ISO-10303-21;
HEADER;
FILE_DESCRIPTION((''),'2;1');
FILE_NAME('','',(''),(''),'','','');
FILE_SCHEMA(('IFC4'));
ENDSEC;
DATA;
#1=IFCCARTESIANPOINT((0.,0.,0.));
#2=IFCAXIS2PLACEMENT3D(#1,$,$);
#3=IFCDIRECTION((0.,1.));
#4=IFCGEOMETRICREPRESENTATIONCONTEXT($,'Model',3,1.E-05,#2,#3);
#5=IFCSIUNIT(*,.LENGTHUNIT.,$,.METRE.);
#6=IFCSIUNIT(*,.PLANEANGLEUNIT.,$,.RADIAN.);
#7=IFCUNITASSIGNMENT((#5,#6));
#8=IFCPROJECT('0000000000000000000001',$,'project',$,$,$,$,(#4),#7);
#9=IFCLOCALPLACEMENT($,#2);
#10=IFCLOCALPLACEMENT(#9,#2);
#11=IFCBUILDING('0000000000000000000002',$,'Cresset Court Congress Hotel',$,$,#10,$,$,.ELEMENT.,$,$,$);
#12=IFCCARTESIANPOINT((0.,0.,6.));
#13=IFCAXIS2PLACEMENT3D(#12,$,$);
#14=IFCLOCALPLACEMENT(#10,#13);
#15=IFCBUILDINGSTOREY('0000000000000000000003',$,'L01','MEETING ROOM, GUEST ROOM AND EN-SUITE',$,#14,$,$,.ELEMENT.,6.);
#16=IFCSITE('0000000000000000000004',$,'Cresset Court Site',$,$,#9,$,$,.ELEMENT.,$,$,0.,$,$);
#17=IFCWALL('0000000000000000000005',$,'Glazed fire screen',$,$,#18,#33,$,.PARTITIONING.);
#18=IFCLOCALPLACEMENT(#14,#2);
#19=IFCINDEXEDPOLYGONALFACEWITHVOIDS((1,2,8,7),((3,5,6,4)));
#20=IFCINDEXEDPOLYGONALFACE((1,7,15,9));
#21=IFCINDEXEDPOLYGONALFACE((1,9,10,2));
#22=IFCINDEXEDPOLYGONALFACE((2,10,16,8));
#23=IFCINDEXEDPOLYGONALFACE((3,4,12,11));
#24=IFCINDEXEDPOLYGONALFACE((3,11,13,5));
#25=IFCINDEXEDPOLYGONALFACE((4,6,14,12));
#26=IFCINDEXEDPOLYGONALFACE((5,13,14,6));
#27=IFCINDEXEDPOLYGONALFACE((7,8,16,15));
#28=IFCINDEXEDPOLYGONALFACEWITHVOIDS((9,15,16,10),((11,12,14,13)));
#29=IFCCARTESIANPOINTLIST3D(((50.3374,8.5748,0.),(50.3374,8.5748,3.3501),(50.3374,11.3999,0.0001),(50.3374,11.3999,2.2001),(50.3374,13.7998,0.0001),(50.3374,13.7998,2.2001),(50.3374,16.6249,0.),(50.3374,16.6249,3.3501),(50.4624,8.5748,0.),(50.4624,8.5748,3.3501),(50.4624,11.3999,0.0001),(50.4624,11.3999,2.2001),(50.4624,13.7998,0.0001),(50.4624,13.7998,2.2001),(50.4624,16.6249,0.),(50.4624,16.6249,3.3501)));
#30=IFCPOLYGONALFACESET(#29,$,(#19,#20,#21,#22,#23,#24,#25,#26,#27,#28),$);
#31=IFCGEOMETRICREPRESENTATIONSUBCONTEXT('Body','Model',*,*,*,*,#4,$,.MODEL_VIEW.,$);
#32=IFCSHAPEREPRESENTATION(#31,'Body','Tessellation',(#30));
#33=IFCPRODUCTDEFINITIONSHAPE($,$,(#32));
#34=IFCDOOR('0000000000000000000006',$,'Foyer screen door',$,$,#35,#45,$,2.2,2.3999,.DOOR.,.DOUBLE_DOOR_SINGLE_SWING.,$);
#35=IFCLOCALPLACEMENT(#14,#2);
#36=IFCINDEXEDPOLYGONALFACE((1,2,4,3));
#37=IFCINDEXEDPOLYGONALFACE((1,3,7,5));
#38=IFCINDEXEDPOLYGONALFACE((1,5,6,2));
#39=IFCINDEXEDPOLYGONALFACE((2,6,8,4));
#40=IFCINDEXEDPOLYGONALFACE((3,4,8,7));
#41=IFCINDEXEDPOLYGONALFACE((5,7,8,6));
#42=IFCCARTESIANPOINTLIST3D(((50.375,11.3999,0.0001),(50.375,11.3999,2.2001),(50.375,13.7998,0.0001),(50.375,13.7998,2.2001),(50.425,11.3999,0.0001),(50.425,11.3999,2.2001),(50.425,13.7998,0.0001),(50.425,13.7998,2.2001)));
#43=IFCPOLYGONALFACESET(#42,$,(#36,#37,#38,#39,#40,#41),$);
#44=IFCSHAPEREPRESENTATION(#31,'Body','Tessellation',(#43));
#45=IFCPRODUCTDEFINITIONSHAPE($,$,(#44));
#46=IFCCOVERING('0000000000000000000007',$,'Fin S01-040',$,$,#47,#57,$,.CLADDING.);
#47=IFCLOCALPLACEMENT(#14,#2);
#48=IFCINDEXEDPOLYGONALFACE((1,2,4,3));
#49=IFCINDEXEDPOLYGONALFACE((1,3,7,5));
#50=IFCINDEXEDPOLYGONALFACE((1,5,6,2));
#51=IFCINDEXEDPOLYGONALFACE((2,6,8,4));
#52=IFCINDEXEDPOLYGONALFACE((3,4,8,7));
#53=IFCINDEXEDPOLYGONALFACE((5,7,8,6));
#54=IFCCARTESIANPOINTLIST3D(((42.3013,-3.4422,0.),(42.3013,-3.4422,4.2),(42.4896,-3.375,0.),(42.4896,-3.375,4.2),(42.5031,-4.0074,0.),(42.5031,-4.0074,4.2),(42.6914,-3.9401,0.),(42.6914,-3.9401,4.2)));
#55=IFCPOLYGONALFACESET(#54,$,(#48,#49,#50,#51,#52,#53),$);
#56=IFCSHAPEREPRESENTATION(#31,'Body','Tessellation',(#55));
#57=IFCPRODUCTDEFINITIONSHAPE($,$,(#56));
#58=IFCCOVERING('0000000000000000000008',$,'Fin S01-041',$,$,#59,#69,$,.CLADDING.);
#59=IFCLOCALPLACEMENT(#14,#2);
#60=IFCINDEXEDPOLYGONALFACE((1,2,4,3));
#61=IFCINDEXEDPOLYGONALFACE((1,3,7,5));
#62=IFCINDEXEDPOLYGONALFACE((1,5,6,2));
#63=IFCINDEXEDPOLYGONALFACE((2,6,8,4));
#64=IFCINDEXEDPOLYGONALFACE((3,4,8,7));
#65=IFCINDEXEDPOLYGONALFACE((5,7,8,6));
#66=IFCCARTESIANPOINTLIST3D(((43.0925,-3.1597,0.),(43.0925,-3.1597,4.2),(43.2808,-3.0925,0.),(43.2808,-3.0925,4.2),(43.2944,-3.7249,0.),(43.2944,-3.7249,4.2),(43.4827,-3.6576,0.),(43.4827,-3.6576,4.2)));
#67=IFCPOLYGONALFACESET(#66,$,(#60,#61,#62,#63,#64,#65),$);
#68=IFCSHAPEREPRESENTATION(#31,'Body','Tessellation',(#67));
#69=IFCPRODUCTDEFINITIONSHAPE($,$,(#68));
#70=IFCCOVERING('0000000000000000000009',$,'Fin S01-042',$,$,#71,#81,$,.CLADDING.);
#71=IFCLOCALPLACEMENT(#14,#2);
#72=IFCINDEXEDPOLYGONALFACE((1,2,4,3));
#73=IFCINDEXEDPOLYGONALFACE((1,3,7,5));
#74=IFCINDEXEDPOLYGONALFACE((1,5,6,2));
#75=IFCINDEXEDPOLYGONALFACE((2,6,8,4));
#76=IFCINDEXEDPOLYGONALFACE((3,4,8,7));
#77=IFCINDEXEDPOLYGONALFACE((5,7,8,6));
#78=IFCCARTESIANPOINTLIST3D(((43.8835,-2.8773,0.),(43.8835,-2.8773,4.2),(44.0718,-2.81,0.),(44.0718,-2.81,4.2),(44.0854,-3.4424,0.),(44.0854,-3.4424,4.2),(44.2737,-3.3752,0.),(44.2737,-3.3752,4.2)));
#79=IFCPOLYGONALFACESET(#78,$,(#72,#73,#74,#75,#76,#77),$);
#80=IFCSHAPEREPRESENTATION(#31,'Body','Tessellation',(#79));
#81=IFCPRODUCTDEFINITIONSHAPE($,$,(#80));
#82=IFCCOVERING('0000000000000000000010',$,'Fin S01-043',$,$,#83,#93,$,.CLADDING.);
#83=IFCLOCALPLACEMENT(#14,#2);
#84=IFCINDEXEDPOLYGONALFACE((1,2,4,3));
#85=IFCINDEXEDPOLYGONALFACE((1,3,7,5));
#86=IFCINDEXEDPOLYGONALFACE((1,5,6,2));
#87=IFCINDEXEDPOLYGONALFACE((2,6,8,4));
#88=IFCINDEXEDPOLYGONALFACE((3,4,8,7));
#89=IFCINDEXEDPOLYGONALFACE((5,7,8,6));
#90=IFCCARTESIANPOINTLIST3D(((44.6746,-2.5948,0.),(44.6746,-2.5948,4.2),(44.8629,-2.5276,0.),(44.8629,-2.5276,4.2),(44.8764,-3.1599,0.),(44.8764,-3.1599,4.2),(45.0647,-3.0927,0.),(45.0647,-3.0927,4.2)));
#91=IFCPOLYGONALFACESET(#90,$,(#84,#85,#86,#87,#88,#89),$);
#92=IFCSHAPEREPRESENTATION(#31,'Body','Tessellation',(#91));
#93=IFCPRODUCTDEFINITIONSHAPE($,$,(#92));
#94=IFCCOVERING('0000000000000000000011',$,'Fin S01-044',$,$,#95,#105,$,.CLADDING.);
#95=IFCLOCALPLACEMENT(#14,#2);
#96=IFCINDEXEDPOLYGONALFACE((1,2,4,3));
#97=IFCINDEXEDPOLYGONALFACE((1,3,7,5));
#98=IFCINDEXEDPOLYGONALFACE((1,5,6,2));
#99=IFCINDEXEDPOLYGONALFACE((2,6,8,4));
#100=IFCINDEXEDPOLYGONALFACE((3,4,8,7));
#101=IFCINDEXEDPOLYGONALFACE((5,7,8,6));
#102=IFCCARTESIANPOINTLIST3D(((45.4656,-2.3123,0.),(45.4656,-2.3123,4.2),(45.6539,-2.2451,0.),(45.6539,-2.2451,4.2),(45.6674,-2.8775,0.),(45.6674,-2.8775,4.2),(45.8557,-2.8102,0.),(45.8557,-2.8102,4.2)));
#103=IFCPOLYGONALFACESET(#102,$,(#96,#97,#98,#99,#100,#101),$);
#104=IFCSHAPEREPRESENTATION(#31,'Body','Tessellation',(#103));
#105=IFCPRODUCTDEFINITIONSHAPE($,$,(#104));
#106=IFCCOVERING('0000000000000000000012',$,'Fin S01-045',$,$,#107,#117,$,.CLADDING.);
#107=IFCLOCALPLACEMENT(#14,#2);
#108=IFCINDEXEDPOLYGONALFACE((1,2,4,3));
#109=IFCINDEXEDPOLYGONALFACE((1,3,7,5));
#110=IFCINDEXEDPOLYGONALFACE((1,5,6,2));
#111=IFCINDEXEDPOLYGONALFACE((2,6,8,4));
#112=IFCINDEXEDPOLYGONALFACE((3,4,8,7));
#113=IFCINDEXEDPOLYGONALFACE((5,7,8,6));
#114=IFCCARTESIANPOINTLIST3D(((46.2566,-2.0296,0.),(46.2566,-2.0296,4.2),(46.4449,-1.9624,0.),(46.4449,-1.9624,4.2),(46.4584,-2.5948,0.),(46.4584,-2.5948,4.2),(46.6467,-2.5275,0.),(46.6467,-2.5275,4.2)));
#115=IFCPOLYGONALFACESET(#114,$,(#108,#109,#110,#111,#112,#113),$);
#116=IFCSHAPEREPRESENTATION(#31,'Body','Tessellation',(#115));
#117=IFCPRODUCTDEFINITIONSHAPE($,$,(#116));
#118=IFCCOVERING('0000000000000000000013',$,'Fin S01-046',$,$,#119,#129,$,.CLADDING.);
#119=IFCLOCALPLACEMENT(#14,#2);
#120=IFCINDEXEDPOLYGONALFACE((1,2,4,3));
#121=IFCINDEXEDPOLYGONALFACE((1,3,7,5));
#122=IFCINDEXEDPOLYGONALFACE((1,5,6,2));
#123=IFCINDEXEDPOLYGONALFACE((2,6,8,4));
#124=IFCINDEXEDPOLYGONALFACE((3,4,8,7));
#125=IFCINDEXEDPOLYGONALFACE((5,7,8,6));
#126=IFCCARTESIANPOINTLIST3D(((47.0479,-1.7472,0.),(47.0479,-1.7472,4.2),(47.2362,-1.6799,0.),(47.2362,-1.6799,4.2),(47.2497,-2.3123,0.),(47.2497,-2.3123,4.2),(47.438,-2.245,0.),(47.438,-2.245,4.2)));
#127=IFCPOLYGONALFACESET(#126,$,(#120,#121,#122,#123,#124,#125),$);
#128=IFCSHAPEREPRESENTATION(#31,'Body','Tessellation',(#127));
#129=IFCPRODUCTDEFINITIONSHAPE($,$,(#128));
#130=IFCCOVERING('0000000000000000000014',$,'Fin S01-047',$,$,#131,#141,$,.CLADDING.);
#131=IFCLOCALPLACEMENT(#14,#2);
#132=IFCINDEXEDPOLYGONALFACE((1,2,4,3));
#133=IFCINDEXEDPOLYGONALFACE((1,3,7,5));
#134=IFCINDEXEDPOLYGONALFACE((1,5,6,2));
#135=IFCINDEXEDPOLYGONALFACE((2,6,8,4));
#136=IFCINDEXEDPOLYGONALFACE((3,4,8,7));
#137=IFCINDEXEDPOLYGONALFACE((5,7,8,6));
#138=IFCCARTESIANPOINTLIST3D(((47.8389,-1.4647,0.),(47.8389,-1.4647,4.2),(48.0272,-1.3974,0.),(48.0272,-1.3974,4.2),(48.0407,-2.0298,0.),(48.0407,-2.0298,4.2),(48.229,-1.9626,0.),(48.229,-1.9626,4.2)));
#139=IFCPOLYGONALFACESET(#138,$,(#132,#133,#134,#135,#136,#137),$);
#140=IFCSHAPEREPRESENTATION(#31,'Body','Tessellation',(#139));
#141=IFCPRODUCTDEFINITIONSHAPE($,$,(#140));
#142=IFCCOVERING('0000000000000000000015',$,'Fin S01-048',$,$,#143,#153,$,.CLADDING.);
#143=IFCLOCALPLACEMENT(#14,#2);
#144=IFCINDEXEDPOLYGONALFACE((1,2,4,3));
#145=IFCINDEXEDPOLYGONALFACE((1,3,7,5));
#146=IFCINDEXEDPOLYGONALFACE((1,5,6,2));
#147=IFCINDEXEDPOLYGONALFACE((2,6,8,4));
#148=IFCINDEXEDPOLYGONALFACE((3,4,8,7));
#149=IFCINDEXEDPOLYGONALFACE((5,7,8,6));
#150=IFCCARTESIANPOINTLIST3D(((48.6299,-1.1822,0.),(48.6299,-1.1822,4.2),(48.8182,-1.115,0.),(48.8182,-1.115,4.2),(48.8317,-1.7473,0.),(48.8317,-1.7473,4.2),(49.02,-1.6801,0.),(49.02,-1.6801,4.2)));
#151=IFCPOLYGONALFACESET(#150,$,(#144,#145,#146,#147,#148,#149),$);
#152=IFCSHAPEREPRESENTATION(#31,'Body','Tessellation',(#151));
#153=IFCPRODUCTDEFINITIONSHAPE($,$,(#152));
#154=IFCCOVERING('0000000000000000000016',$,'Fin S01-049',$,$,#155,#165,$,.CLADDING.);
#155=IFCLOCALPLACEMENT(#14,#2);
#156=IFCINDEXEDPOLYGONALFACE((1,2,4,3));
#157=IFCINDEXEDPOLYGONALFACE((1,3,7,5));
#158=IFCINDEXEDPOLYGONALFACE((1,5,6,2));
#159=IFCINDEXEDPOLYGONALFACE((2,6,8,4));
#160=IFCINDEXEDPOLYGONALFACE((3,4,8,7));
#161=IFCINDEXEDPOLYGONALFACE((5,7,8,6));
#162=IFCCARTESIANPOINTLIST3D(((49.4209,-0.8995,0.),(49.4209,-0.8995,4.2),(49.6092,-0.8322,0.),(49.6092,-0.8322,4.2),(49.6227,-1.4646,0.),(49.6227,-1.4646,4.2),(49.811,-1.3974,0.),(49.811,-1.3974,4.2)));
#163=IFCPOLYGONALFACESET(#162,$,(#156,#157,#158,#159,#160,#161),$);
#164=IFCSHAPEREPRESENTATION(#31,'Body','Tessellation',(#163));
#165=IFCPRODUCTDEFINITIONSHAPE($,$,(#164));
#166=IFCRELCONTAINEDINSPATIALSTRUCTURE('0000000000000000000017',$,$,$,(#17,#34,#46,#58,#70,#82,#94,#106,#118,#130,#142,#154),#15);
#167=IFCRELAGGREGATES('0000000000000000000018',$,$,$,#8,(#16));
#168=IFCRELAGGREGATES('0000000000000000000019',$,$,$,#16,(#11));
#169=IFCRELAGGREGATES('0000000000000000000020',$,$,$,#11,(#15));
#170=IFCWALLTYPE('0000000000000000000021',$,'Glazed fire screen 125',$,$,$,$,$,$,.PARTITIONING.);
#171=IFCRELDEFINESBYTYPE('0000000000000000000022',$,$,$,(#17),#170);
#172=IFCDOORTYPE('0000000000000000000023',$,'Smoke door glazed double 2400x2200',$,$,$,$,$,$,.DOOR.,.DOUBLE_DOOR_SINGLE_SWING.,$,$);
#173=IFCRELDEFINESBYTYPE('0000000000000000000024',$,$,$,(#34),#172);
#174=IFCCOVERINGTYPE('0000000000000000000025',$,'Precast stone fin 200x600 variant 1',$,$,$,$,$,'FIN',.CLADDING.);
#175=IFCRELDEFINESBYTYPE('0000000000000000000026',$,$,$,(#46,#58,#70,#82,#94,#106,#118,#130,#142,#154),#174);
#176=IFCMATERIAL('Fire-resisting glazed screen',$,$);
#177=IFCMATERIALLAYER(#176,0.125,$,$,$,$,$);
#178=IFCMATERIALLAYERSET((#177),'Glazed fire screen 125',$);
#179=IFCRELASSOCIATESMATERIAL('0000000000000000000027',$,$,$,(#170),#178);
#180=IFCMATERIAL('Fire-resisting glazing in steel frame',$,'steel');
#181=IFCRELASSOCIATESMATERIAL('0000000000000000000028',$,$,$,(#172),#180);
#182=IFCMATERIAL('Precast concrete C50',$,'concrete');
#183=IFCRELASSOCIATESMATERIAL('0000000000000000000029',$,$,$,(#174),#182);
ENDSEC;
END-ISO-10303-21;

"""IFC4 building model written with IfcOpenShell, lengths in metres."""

from ifc_helpers import new_model, si_unit, direction, frame, frame_2d, origin, origin_2d, place, context, subcontext, project, spatial, rectangle, extrude, material, layer, layer_set, type_object, element, fill, save


model = new_model("IFC4")

# Units and contexts
model_context = context("Model", 3, precision=1e-05, world=origin(), true_north=direction((0.0, 1.0)))
body_context = subcontext(model_context, "Body", "Model", "MODEL_VIEW")
ifc_project = project(units=[si_unit("LENGTHUNIT", "METRE"), si_unit("PLANEANGLEUNIT", "RADIAN")], contexts=[model_context])

# Site, building, storey
site_placement = place(None, origin())
site = spatial("IfcSite", under=ifc_project, at=site_placement, Name="Cresset Court Site", CompositionType="ELEMENT", RefElevation=0.0)
building_placement = place(site_placement, origin())
building = spatial("IfcBuilding", under=site, at=building_placement, Name="Cresset Court Congress Hotel", CompositionType="ELEMENT")
storey_placement = place(building_placement, frame((0.0, 0.0, 6.0)))
storey = spatial("IfcBuildingStorey", under=building, at=storey_placement, Name="L01", Description="MEETING ROOM, GUEST ROOM AND EN-SUITE", CompositionType="ELEMENT", Elevation=6.0)

# Wall, opening, door
ifc_material_1 = material(Name="Fire-resisting glazed screen")
ifc_layer_1 = layer(ifc_material_1, 0.125)
ifc_layer_set_1 = layer_set([ifc_layer_1], Name="Glazed fire screen 125")
wall_type_1 = type_object("IfcWallType", Name="Glazed fire screen 125", PredefinedType="PARTITIONING", material=ifc_layer_set_1)
wall_1_placement = place(storey_placement, frame((50.3999, 8.575, 0.0), z_axis=(0.0, 0.0, 1.0), x_axis=(0.0, 1.0, 0.0)))
wall_1 = element("IfcWall", 1, at=wall_1_placement, inside=storey, type_object=wall_type_1, Name="Glazed fire screen", PredefinedType="PARTITIONING", context=body_context, shape_type="SweptSolid", body=[
    extrude(rectangle(XDim=8.05, YDim=0.125, at=frame_2d((4.0249, 0.0))), origin(), (0.0, 0.0, 1.0), 3.3501),
])
opening_1_placement = place(wall_1_placement, frame((2.825, 0.0, 0.0)))
opening_1 = element("IfcOpeningElement", 2, at=opening_1_placement, cuts=wall_1, PredefinedType="OPENING", context=body_context, shape_type="SweptSolid", body=[
    extrude(rectangle(XDim=2.3999, YDim=2.2, at=frame_2d((1.2, 1.1001))), frame((0.0, 0.0725, 0.0), z_axis=(0.0, -1.0, 0.0), x_axis=(1.0, 0.0, 0.0)), (0.0, 0.0, 1.0), 0.145),
])
ifc_material_2 = material(Name="Fire-resisting glazing in steel frame", Category="steel")
door_type = type_object("IfcDoorType", Name="Smoke door glazed double 2400x2200", OperationType="DOUBLE_DOOR_SINGLE_SWING", PredefinedType="DOOR", material=ifc_material_2)
door_placement = place(opening_1_placement, origin())
door = element("IfcDoor", 3, at=door_placement, inside=storey, type_object=door_type, Name="Foyer screen door", OperationType="DOUBLE_DOOR_SINGLE_SWING", OverallHeight=2.2, OverallWidth=2.3999, PredefinedType="DOOR", context=body_context, shape_type="SweptSolid", body=[
    extrude(rectangle(XDim=2.3999, YDim=2.2, at=frame_2d((1.2, 1.1001))), frame((0.0, 0.0249, 0.0), z_axis=(0.0, -1.0, 0.0), x_axis=(1.0, 0.0, 0.0)), (0.0, 0.0, 1.0), 0.05),
])
fill(opening_1, door)

# Coverings
ifc_material_3 = material(Name="Precast concrete C50", Category="concrete")
covering_type = type_object("IfcCoveringType", Name="Precast stone fin 200x600 variant 1", ElementType="FIN", PredefinedType="CLADDING", material=ifc_material_3)
for number, where, z_axis, x_axis, name in (
    (4, (42.4963, -3.6912, 0.0), (0.0, 0.0, 1.0), (0.941742, 0.336336, 0.0), "Fin S01-040"),
    (5, (43.2876, -3.4087, 0.0), (0.0, 0.0, 1.0), (0.941742, 0.336336, 0.0), "Fin S01-041"),
    (6, (44.0786, -3.1262, 0.0), (0.0, 0.0, 1.0), (0.941742, 0.336336, 0.0), "Fin S01-042"),
    (7, (44.8696, -2.8438, 0.0), (0.0, 0.0, 1.0), (0.941742, 0.336336, 0.0), "Fin S01-043"),
    (8, (45.6606, -2.5613, 0.0), (0.0, 0.0, 1.0), (0.941742, 0.336336, 0.0), "Fin S01-044"),
    (9, (46.4517, -2.2786, 0.0), (0.0, 0.0, 1.0), (0.941742, 0.336336, 0.0), "Fin S01-045"),
    (10, (47.2429, -1.9961, 0.0), (0.0, 0.0, 1.0), (0.941742, 0.336336, 0.0), "Fin S01-046"),
    (11, (48.0339, -1.7136, 0.0), (0.0, 0.0, 1.0), (0.941742, 0.336336, 0.0), "Fin S01-047"),
    (12, (48.825, -1.4312, 0.0), (0.0, 0.0, 1.0), (0.941742, 0.336336, 0.0), "Fin S01-048"),
    (13, (49.616, -1.1484, 0.0), (0.0, 0.0, 1.0), (0.941742, 0.336336, 0.0), "Fin S01-049"),
):
    element("IfcCovering", number, at=place(storey_placement, frame(where, z_axis=z_axis, x_axis=x_axis)), inside=storey, type_object=covering_type, Name=name, PredefinedType="CLADDING", context=body_context, shape_type="SweptSolid", body=[
        extrude(rectangle(XDim=0.2, YDim=0.6001, at=origin_2d()), origin(), (0.0, 0.0, 1.0), 4.2),
    ])

save(model, "model.ifc")
